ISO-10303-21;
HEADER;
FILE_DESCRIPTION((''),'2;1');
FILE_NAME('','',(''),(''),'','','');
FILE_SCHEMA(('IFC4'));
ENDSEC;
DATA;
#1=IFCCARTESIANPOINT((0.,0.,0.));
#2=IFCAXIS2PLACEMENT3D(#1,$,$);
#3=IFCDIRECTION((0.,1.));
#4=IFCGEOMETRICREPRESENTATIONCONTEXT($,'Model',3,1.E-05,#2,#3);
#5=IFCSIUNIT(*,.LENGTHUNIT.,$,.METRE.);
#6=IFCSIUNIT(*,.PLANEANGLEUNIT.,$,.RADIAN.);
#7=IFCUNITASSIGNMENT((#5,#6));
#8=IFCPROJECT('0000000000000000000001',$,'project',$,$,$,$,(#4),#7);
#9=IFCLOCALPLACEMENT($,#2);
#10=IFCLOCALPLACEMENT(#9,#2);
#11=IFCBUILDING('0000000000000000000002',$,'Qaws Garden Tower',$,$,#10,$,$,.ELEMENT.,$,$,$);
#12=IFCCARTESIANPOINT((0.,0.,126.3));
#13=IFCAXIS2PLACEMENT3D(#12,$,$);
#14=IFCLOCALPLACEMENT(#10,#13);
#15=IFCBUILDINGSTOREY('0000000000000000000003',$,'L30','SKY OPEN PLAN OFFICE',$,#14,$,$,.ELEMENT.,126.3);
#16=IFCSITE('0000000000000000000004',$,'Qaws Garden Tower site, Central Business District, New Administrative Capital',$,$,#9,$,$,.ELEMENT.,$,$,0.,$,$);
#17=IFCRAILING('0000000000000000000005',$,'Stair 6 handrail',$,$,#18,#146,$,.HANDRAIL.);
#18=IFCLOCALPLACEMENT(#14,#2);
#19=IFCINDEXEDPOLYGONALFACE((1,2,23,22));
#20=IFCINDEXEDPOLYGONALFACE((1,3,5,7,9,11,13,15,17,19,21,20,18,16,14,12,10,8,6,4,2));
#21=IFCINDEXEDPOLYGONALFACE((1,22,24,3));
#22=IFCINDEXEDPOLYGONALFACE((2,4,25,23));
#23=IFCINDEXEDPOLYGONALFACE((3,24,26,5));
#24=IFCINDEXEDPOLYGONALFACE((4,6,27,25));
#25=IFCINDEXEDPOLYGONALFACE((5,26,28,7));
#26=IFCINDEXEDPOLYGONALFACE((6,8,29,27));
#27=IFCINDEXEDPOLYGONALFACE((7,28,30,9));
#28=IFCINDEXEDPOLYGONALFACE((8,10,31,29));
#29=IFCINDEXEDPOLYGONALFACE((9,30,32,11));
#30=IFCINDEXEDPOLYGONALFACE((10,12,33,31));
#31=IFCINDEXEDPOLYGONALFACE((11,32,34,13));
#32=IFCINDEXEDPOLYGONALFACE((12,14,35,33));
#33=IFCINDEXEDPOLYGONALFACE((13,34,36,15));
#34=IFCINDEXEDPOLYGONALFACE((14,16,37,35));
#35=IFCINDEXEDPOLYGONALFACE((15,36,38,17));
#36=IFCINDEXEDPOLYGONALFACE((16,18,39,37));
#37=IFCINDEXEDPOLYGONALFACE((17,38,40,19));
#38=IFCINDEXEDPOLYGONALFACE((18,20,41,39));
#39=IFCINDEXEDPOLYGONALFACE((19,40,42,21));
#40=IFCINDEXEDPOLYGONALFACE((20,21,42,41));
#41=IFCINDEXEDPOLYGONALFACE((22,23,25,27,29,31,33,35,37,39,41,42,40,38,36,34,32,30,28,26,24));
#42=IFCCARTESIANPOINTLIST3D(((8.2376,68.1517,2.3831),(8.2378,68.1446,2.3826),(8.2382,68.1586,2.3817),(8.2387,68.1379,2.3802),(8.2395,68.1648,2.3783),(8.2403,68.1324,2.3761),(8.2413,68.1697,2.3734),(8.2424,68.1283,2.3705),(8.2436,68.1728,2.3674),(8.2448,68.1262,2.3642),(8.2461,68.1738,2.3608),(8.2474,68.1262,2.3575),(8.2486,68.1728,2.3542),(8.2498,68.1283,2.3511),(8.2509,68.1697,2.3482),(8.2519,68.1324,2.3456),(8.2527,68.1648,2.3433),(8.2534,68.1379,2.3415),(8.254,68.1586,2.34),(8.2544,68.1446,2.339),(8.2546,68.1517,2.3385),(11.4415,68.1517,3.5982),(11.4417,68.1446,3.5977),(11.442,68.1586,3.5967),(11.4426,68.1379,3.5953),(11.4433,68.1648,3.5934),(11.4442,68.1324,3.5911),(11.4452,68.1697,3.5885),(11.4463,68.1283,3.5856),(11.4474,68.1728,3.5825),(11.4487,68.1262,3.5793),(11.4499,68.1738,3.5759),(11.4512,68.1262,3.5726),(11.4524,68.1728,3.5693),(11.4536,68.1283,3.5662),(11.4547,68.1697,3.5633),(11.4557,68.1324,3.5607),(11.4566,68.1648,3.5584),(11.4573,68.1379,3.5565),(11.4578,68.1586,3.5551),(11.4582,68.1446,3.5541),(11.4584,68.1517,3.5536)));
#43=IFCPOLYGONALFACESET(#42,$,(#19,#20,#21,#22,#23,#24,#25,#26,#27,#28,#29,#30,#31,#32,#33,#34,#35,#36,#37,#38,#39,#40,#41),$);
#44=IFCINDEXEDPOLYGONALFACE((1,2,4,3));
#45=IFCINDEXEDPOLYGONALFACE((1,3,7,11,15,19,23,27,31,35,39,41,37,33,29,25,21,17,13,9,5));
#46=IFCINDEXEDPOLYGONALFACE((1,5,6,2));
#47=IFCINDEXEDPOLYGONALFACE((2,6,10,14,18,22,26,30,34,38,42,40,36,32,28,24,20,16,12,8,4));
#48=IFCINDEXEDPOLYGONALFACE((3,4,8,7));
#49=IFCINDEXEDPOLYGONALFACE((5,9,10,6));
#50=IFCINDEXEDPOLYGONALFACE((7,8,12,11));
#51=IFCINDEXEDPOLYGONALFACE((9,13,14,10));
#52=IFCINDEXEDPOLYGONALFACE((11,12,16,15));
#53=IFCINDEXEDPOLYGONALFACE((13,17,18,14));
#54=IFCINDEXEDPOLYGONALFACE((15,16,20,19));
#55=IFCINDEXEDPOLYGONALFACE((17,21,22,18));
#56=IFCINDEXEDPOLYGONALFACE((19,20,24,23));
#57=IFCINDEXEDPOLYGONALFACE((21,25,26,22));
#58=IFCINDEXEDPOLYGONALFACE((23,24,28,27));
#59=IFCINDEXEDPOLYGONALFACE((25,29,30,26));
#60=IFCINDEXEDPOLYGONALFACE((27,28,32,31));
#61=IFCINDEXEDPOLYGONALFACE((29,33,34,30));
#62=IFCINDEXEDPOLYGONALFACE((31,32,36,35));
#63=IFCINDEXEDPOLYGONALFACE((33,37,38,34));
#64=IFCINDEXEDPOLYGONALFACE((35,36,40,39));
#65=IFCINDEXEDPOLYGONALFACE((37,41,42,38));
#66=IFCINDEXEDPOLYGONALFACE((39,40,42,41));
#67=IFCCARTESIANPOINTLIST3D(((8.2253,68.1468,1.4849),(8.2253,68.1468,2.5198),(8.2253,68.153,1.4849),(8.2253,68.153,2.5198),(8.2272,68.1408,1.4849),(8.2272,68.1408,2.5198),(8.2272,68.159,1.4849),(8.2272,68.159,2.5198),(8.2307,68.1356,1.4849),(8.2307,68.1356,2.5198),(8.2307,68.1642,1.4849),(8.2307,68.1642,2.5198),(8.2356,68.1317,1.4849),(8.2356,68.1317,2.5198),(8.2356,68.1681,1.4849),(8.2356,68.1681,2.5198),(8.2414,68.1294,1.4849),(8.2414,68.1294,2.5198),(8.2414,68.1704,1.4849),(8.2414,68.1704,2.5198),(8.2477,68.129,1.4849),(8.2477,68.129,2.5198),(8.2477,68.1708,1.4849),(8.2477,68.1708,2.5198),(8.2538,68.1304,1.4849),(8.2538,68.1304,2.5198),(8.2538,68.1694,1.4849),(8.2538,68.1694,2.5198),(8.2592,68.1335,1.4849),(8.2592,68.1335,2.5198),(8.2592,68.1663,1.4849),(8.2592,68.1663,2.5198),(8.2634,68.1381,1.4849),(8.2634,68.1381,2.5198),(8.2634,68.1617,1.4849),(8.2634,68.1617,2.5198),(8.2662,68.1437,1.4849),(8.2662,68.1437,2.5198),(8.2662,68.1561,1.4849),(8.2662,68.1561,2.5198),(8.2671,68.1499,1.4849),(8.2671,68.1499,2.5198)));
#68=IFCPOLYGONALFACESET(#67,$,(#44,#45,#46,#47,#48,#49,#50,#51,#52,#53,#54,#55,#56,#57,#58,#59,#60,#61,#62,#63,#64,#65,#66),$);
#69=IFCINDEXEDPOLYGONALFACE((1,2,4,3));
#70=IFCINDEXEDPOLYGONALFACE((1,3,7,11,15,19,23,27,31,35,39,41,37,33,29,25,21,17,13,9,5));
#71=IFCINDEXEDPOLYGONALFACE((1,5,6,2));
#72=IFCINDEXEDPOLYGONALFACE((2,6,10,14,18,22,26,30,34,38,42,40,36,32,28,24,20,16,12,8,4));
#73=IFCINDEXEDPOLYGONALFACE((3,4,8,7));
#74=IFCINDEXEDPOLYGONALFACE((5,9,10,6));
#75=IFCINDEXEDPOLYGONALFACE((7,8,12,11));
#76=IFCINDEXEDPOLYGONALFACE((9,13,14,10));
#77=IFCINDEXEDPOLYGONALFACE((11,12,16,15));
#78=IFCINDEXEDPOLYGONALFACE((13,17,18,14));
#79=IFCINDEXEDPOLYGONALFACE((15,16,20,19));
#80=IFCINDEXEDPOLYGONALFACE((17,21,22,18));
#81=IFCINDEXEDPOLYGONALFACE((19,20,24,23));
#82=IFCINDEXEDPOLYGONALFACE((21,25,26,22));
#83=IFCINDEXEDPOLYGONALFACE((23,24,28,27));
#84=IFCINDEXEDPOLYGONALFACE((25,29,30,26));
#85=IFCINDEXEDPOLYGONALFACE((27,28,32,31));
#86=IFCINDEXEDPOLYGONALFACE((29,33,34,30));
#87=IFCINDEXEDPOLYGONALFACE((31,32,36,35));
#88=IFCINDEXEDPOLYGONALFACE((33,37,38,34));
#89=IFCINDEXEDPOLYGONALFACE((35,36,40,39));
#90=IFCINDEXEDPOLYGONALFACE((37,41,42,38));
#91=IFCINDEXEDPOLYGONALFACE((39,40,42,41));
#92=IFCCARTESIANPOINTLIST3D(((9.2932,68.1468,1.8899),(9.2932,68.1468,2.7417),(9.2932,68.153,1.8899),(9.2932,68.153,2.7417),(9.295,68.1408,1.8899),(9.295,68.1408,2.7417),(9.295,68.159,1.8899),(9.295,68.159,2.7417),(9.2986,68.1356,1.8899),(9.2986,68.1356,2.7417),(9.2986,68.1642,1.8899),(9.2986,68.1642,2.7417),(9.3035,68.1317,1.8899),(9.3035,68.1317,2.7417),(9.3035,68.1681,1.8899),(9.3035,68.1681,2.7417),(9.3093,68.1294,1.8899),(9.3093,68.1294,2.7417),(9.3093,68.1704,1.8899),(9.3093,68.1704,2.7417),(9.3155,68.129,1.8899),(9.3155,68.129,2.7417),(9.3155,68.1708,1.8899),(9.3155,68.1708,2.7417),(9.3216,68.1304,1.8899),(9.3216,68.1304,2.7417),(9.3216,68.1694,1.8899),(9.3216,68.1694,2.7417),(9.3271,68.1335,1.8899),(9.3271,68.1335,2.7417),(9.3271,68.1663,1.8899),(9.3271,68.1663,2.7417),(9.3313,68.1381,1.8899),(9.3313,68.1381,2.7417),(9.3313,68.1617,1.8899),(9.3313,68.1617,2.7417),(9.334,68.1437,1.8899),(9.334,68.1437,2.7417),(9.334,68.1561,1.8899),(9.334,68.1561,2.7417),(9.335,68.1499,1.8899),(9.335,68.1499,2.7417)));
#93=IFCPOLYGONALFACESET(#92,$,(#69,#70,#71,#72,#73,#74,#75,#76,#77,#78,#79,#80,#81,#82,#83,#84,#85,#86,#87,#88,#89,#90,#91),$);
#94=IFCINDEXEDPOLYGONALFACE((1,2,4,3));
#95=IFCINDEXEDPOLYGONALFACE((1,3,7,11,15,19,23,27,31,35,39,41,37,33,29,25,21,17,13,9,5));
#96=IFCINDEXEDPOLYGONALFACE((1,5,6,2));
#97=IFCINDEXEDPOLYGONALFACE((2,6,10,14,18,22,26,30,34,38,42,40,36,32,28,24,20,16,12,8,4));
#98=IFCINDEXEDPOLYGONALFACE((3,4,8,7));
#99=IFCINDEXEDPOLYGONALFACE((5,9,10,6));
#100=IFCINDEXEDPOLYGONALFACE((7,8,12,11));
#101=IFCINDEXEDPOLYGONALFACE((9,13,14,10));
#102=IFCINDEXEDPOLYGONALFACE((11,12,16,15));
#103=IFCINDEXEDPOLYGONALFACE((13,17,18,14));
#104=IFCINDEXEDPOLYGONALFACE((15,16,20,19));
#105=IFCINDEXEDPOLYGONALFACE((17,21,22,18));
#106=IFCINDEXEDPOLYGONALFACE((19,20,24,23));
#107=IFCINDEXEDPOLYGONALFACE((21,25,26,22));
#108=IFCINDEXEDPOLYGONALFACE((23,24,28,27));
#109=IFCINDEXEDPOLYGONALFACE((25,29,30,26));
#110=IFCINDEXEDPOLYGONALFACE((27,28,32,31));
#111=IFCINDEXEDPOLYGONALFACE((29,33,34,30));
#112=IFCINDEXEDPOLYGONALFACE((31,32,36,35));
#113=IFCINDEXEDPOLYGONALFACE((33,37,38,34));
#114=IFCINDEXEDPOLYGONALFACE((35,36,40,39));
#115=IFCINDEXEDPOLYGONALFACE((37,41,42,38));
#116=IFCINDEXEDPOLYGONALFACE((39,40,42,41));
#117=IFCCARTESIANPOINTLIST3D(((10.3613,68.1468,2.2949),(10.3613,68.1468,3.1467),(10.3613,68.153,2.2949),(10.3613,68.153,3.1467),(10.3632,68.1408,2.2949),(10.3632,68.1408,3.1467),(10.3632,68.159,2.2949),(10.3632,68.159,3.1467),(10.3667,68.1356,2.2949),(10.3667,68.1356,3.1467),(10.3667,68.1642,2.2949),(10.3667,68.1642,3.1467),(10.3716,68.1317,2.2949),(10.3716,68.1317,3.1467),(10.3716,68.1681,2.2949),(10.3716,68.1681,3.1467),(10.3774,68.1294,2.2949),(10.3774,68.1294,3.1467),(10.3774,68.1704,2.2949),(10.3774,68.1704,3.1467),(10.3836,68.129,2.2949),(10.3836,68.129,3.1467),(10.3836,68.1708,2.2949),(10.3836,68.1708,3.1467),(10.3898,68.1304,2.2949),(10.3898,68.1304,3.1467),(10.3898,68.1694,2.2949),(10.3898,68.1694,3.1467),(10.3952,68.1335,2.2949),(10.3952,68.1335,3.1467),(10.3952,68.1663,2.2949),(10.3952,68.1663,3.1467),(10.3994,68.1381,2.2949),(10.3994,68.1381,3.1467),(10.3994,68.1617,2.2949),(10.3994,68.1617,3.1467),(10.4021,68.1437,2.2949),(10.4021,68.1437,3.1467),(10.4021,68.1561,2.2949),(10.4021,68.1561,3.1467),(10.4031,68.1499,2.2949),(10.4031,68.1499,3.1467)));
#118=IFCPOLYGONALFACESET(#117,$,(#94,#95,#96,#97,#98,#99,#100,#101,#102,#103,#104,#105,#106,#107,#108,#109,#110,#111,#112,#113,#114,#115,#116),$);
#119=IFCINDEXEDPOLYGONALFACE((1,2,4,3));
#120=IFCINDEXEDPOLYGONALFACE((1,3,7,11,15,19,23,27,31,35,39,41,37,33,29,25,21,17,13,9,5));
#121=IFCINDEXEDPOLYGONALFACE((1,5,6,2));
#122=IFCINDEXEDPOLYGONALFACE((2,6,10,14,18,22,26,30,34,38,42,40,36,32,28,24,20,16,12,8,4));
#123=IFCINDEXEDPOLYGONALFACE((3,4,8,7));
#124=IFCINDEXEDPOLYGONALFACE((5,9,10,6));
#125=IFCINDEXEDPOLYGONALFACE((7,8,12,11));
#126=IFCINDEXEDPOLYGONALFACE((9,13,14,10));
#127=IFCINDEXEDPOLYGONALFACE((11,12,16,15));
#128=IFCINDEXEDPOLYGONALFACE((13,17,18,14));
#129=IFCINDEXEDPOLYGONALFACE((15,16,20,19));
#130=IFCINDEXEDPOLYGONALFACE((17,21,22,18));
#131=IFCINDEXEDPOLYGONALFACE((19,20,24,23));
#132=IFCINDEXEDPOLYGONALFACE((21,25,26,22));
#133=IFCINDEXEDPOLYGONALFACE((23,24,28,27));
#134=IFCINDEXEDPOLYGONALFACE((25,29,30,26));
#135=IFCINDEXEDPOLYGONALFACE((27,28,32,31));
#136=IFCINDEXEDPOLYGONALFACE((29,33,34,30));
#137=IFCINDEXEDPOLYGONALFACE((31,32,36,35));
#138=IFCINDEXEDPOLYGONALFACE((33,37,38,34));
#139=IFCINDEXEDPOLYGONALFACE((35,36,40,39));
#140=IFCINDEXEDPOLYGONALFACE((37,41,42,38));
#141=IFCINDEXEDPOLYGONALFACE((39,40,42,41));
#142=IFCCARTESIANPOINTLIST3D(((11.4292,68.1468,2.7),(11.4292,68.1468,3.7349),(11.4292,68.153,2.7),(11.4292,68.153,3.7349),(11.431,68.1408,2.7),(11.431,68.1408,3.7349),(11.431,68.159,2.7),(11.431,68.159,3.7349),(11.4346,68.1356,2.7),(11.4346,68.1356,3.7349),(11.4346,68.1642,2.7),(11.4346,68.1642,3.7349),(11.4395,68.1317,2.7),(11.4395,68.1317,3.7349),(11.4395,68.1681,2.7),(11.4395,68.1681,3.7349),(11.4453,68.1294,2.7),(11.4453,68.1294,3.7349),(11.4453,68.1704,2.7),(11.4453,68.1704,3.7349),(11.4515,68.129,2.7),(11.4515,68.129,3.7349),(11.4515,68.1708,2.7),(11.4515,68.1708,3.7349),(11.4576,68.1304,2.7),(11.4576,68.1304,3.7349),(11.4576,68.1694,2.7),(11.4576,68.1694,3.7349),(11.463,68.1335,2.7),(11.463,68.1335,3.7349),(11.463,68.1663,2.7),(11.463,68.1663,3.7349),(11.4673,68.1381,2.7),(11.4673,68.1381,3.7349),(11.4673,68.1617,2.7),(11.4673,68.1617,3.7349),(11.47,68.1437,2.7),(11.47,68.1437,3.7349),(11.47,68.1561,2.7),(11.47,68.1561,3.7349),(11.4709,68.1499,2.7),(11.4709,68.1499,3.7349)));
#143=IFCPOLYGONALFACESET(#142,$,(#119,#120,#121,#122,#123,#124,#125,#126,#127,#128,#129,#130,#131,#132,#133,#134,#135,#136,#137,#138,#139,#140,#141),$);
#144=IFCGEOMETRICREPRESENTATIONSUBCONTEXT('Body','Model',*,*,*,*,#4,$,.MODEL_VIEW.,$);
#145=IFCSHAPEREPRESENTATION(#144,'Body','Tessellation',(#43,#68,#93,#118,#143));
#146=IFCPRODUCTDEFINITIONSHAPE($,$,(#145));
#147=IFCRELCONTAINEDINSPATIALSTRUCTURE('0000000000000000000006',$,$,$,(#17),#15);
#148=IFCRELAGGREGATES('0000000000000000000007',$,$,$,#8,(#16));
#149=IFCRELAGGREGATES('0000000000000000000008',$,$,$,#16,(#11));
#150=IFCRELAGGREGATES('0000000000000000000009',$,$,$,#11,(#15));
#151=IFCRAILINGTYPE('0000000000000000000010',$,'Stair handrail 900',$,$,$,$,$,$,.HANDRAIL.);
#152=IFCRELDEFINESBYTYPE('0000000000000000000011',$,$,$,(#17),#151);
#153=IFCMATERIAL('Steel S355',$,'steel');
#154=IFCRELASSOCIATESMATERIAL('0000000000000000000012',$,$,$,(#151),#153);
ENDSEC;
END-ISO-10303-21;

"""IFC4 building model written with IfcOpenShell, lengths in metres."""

from ifc_helpers import new_model, si_unit, direction, frame, origin, origin_2d, place, context, subcontext, project, spatial, circle, extrude, material, type_object, element, save


model = new_model("IFC4")

# Units and contexts
model_context = context("Model", 3, precision=1e-05, world=origin(), true_north=direction((0.0, 1.0)))
body_context = subcontext(model_context, "Body", "Model", "MODEL_VIEW")
ifc_project = project(units=[si_unit("LENGTHUNIT", "METRE"), si_unit("PLANEANGLEUNIT", "RADIAN")], contexts=[model_context])

# Site, building, storey
site_placement = place(None, origin())
site = spatial("IfcSite", under=ifc_project, at=site_placement, Name="Qaws Garden Tower site, Central Business District, New Administrative Capital", CompositionType="ELEMENT", RefElevation=0.0)
building_placement = place(site_placement, origin())
building = spatial("IfcBuilding", under=site, at=building_placement, Name="Qaws Garden Tower", CompositionType="ELEMENT")
storey_placement = place(building_placement, frame((0.0, 0.0, 126.3)))
storey = spatial("IfcBuildingStorey", under=building, at=storey_placement, Name="L30", Description="SKY OPEN PLAN OFFICE", CompositionType="ELEMENT", Elevation=126.3)

# Railing
ifc_material_1 = material(Name="Steel S355", Category="steel")
railing_type = type_object("IfcRailingType", Name="Stair handrail 900", PredefinedType="HANDRAIL", material=ifc_material_1)
railing_1_placement = place(storey_placement, frame((8.2461, 68.1499, 1.4849)))
element("IfcRailing", 1, at=railing_1_placement, inside=storey, type_object=railing_type, Name="Stair 6 handrail", PredefinedType="HANDRAIL", context=body_context, shape_type="SweptSolid", body=[
    extrude(circle(Radius=0.0239, at=origin_2d()), frame((0.0, 0.0, 0.876), z_axis=(0.935014, 0.0, 0.354611), x_axis=(0.0, 1.0, 0.0)), (0.0, 0.0, 1.0), 3.4265),
    extrude(circle(Radius=0.021, at=origin_2d()), origin(), (0.0, 0.0, 1.0), 1.0349),
    extrude(circle(Radius=0.021, at=origin_2d()), frame((1.0679, 0.0, 0.405)), (0.0, 0.0, 1.0), 0.8518),
    extrude(circle(Radius=0.021, at=origin_2d()), frame((2.136, 0.0, 0.8101)), (0.0, 0.0, 1.0), 0.8518),
    extrude(circle(Radius=0.021, at=origin_2d()), frame((3.2039, 0.0, 1.2151)), (0.0, 0.0, 1.0), 1.0349),
])

save(model, "model.ifc")
